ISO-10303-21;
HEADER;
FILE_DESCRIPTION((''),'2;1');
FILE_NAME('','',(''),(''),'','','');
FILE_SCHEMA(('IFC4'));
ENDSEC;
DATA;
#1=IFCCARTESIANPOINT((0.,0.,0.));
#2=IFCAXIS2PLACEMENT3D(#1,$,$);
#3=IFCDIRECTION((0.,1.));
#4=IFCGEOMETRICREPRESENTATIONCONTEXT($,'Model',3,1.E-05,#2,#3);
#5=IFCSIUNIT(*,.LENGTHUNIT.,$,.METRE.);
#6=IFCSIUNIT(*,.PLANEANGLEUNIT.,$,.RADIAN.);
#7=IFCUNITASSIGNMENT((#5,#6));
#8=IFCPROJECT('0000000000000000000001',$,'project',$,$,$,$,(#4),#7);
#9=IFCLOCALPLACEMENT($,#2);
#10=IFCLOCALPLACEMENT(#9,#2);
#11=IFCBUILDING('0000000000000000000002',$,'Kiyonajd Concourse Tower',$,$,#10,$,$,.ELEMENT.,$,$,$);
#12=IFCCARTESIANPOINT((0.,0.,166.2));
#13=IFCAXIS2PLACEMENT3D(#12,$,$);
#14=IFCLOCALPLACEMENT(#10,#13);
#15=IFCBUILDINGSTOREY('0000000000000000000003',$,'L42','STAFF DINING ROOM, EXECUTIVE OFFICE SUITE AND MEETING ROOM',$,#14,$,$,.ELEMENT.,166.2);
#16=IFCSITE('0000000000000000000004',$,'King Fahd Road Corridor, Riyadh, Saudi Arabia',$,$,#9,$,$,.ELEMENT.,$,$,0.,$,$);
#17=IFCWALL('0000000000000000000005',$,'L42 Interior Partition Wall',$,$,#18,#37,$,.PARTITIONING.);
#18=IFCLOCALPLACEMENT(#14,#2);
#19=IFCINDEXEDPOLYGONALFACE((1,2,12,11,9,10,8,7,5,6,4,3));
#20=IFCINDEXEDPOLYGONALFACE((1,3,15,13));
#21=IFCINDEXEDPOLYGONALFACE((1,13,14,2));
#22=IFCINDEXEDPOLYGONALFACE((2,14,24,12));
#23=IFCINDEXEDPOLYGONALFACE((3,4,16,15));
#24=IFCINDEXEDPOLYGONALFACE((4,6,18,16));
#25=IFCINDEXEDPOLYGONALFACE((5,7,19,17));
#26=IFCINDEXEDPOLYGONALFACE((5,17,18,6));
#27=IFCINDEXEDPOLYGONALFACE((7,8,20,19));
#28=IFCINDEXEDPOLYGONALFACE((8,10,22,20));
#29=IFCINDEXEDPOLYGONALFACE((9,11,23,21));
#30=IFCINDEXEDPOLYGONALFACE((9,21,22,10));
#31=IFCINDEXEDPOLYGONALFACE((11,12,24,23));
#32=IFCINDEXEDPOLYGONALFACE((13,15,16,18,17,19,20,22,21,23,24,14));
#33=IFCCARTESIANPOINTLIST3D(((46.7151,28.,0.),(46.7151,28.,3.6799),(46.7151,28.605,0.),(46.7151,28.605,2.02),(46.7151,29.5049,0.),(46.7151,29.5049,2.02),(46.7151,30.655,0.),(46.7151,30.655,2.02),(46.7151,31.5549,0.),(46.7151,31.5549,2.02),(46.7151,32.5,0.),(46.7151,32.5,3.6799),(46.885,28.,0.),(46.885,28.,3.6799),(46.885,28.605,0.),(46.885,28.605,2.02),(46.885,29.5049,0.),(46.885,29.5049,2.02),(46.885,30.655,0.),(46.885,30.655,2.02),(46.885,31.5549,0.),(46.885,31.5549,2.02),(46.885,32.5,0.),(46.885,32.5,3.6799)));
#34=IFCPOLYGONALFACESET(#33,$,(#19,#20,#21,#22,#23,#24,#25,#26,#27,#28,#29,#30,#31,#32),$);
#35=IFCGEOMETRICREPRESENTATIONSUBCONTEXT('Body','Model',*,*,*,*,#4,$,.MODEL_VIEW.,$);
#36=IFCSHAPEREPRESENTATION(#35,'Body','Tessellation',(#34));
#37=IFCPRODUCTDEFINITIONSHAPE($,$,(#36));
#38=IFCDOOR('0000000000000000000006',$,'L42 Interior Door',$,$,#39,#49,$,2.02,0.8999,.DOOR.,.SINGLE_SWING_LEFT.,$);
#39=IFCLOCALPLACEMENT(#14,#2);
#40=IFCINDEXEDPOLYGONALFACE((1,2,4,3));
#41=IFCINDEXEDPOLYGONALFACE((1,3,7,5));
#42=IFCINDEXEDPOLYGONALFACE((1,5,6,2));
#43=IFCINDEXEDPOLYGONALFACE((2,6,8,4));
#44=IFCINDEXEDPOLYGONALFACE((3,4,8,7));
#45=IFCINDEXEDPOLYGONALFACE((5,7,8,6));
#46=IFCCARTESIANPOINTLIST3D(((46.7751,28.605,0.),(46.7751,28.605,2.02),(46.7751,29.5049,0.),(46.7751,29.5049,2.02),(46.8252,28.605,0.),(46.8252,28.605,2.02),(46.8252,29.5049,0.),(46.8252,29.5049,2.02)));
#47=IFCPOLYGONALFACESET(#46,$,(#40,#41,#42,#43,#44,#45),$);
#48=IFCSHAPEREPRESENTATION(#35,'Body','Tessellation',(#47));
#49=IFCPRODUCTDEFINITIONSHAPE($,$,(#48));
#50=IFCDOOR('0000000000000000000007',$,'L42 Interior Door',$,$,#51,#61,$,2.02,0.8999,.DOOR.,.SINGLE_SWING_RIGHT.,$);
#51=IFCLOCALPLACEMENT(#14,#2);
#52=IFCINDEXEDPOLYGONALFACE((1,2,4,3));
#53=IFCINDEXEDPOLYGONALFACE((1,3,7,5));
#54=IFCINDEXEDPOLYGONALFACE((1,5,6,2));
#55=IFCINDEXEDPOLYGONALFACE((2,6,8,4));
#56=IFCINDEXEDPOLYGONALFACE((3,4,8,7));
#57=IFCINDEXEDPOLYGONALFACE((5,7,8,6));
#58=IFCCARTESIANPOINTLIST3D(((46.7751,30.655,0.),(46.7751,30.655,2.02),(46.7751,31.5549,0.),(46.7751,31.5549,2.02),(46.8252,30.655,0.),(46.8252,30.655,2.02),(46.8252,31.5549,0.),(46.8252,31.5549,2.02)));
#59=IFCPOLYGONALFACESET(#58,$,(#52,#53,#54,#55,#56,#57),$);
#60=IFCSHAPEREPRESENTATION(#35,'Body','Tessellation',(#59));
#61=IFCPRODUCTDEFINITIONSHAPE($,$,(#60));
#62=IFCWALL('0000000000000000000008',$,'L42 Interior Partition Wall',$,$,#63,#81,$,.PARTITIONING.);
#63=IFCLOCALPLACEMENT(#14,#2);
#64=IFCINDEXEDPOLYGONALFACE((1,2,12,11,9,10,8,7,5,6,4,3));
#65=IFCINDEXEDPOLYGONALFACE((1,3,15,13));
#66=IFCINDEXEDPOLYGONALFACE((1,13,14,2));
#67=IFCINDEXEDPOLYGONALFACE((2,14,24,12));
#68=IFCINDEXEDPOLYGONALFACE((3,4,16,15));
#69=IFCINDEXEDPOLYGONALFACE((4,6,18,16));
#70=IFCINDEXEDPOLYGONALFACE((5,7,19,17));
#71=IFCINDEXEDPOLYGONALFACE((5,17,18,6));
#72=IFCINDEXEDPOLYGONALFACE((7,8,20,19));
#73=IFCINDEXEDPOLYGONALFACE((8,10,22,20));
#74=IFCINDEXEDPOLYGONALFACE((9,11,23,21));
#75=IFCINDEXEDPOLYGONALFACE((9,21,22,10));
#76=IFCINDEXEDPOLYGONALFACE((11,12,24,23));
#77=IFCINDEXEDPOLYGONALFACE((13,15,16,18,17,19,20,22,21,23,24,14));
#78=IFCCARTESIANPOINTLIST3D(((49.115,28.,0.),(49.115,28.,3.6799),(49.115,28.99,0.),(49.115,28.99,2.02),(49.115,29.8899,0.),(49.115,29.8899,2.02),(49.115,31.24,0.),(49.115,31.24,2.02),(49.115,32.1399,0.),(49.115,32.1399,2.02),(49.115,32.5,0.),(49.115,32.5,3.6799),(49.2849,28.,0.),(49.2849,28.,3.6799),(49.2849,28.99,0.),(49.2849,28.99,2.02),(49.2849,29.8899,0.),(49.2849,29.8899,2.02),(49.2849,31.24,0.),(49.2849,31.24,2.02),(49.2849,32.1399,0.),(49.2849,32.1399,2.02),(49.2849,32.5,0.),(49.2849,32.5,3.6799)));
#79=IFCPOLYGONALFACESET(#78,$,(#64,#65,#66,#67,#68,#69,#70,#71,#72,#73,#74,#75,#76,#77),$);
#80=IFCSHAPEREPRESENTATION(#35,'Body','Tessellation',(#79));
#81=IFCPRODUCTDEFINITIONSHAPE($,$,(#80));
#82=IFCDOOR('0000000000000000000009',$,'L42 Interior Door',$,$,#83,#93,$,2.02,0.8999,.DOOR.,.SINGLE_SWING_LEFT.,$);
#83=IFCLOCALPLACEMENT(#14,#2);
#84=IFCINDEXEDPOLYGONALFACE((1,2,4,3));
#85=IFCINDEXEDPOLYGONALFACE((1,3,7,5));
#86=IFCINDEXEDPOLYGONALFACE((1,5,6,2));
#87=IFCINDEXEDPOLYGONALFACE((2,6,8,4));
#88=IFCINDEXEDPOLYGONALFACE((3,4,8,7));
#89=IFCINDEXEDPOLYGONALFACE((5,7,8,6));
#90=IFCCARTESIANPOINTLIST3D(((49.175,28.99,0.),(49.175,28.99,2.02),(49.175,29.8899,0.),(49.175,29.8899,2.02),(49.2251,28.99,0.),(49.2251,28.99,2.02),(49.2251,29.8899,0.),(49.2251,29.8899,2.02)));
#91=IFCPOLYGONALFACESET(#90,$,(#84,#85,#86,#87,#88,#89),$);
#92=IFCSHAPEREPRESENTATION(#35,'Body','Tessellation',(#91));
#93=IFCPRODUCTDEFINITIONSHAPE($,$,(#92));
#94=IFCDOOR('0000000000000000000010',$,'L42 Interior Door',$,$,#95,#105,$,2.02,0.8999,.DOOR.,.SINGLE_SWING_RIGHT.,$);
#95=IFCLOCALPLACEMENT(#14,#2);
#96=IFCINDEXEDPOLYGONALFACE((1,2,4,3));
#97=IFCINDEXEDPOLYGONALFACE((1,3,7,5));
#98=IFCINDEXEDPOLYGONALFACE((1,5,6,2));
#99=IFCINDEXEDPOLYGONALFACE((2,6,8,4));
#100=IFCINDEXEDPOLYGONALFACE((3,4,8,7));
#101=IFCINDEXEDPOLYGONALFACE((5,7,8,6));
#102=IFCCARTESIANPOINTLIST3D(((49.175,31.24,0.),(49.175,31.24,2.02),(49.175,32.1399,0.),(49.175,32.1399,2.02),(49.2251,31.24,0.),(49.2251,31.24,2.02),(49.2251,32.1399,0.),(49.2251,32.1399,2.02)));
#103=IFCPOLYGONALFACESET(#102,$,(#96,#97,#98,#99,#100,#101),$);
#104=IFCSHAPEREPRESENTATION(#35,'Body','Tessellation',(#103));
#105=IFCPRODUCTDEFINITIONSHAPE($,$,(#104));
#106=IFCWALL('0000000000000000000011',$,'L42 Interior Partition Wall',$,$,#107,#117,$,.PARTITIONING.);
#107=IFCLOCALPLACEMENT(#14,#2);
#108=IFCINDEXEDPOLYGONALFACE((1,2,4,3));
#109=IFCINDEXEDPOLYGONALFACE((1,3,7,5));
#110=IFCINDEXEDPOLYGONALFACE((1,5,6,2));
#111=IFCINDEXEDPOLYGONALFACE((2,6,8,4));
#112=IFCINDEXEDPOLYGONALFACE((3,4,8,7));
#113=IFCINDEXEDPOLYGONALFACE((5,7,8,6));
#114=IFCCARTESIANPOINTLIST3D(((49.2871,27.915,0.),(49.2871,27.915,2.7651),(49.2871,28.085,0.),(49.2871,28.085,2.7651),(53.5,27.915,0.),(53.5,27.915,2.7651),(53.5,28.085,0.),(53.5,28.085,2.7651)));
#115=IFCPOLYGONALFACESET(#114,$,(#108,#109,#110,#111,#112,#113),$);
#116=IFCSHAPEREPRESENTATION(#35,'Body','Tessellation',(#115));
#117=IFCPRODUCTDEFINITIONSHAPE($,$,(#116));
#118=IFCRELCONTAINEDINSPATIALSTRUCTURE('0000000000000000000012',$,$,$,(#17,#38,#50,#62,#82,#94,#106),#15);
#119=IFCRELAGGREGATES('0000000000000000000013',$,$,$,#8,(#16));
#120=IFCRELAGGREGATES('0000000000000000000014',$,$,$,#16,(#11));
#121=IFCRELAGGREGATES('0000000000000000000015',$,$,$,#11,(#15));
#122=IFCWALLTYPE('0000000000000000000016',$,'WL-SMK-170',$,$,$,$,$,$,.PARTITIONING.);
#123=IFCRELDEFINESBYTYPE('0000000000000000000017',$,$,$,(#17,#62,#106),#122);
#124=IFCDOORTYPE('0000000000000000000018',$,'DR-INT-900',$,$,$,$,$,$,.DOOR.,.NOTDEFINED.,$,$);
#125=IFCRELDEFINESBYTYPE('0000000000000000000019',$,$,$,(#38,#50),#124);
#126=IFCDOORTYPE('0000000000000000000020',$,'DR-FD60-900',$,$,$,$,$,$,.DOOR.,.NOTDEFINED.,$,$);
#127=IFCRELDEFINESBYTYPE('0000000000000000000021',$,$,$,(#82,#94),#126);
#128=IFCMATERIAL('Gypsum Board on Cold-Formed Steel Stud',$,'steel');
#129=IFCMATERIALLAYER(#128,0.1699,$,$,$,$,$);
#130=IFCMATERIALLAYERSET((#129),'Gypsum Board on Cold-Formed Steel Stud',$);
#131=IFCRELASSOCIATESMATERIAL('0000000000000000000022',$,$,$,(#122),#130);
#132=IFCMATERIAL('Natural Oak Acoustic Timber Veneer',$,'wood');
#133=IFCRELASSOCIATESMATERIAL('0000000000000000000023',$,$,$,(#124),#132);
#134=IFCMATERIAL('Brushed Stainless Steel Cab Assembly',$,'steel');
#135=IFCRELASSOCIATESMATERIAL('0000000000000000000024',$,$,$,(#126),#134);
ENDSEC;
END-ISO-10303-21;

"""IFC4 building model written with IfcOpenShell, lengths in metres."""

from ifc_helpers import new_model, si_unit, direction, frame, frame_2d, origin, place, context, subcontext, project, spatial, rectangle, extrude, material, layer, layer_set, type_object, element, fill, save


model = new_model("IFC4")

# Units and contexts
model_context = context("Model", 3, precision=1e-05, world=origin(), true_north=direction((0.0, 1.0)))
body_context = subcontext(model_context, "Body", "Model", "MODEL_VIEW")
ifc_project = project(units=[si_unit("LENGTHUNIT", "METRE"), si_unit("PLANEANGLEUNIT", "RADIAN")], contexts=[model_context])

# Site, building, storey
site_placement = place(None, origin())
site = spatial("IfcSite", under=ifc_project, at=site_placement, Name="King Fahd Road Corridor, Riyadh, Saudi Arabia", CompositionType="ELEMENT", RefElevation=0.0)
building_placement = place(site_placement, origin())
building = spatial("IfcBuilding", under=site, at=building_placement, Name="Kiyonajd Concourse Tower", CompositionType="ELEMENT")
storey_placement = place(building_placement, frame((0.0, 0.0, 166.2)))
storey = spatial("IfcBuildingStorey", under=building, at=storey_placement, Name="L42", Description="STAFF DINING ROOM, EXECUTIVE OFFICE SUITE AND MEETING ROOM", CompositionType="ELEMENT", Elevation=166.2)

# Shared definitions
ifc_material_1 = material(Name="Gypsum Board on Cold-Formed Steel Stud", Category="steel")

# Shared definitions
ifc_layer_1 = layer(ifc_material_1, 0.1699)
ifc_layer_set_1 = layer_set([ifc_layer_1], Name="Gypsum Board on Cold-Formed Steel Stud")
wall_type_1 = type_object("IfcWallType", Name="WL-SMK-170", PredefinedType="PARTITIONING", material=ifc_layer_set_1)
ifc_material_2 = material(Name="Natural Oak Acoustic Timber Veneer", Category="wood")
door_type_1 = type_object("IfcDoorType", Name="DR-INT-900", OperationType="NOTDEFINED", PredefinedType="DOOR", material=ifc_material_2)

# Shared definitions
ifc_material_3 = material(Name="Brushed Stainless Steel Cab Assembly", Category="steel")
door_type_2 = type_object("IfcDoorType", Name="DR-FD60-900", OperationType="NOTDEFINED", PredefinedType="DOOR", material=ifc_material_3)

# Walls, openings, doors
wall_1_placement = place(storey_placement, frame((46.8, 28.0, 0.0), z_axis=(0.0, 0.0, 1.0), x_axis=(0.0, 1.0, 0.0)))
wall_1 = element("IfcWall", 1, at=wall_1_placement, inside=storey, type_object=wall_type_1, Name="L42 Interior Partition Wall", PredefinedType="PARTITIONING", context=body_context, shape_type="SweptSolid", body=[
    extrude(rectangle(XDim=4.5, YDim=0.1699, at=frame_2d((2.25, 0.0))), origin(), (0.0, 0.0, 1.0), 3.6799),
])
opening_1_placement = place(wall_1_placement, frame((0.605, 0.0, 0.0)))
opening_1 = element("IfcOpeningElement", 2, at=opening_1_placement, cuts=wall_1, PredefinedType="OPENING", context=body_context, shape_type="SweptSolid", body=[
    extrude(rectangle(XDim=0.8999, YDim=2.02, at=frame_2d((0.45, 1.01))), frame((0.0, 0.095, 0.0), z_axis=(0.0, -1.0, 0.0), x_axis=(1.0, 0.0, 0.0)), (0.0, 0.0, 1.0), 0.1899),
])
opening_2_placement = place(wall_1_placement, frame((2.655, 0.0, 0.0)))
opening_2 = element("IfcOpeningElement", 3, at=opening_2_placement, cuts=wall_1, PredefinedType="OPENING", context=body_context, shape_type="SweptSolid", body=[
    extrude(rectangle(XDim=0.8999, YDim=2.02, at=frame_2d((0.45, 1.01))), frame((0.0, 0.095, 0.0), z_axis=(0.0, -1.0, 0.0), x_axis=(1.0, 0.0, 0.0)), (0.0, 0.0, 1.0), 0.1899),
])
door_1_placement = place(opening_1_placement, origin())
door_1 = element("IfcDoor", 4, at=door_1_placement, inside=storey, type_object=door_type_1, Name="L42 Interior Door", OperationType="SINGLE_SWING_LEFT", OverallHeight=2.02, OverallWidth=0.8999, PredefinedType="DOOR", context=body_context, shape_type="SweptSolid", body=[
    extrude(rectangle(XDim=0.8999, YDim=2.02, at=frame_2d((0.45, 1.01))), frame((0.0, 0.0249, 0.0), z_axis=(0.0, -1.0, 0.0), x_axis=(1.0, 0.0, 0.0)), (0.0, 0.0, 1.0), 0.05),
])
fill(opening_1, door_1)
door_2_placement = place(opening_2_placement, origin())
door_2 = element("IfcDoor", 5, at=door_2_placement, inside=storey, type_object=door_type_1, Name="L42 Interior Door", OperationType="SINGLE_SWING_RIGHT", OverallHeight=2.02, OverallWidth=0.8999, PredefinedType="DOOR", context=body_context, shape_type="SweptSolid", body=[
    extrude(rectangle(XDim=0.8999, YDim=2.02, at=frame_2d((0.45, 1.01))), frame((0.0, 0.0249, 0.0), z_axis=(0.0, -1.0, 0.0), x_axis=(1.0, 0.0, 0.0)), (0.0, 0.0, 1.0), 0.05),
])
fill(opening_2, door_2)
wall_2_placement = place(storey_placement, frame((49.2, 28.0, 0.0), z_axis=(0.0, 0.0, 1.0), x_axis=(0.0, 1.0, 0.0)))
wall_2 = element("IfcWall", 6, at=wall_2_placement, inside=storey, type_object=wall_type_1, Name="L42 Interior Partition Wall", PredefinedType="PARTITIONING", context=body_context, shape_type="SweptSolid", body=[
    extrude(rectangle(XDim=4.5, YDim=0.1699, at=frame_2d((2.25, 0.0))), origin(), (0.0, 0.0, 1.0), 3.6799),
])
opening_3_placement = place(wall_2_placement, frame((0.99, 0.0, 0.0)))
opening_3 = element("IfcOpeningElement", 7, at=opening_3_placement, cuts=wall_2, PredefinedType="OPENING", context=body_context, shape_type="SweptSolid", body=[
    extrude(rectangle(XDim=0.8999, YDim=2.02, at=frame_2d((0.45, 1.01))), frame((0.0, 0.095, 0.0), z_axis=(0.0, -1.0, 0.0), x_axis=(1.0, 0.0, 0.0)), (0.0, 0.0, 1.0), 0.1899),
])
opening_4_placement = place(wall_2_placement, frame((3.24, 0.0, 0.0)))
opening_4 = element("IfcOpeningElement", 8, at=opening_4_placement, cuts=wall_2, PredefinedType="OPENING", context=body_context, shape_type="SweptSolid", body=[
    extrude(rectangle(XDim=0.8999, YDim=2.02, at=frame_2d((0.45, 1.01))), frame((0.0, 0.095, 0.0), z_axis=(0.0, -1.0, 0.0), x_axis=(1.0, 0.0, 0.0)), (0.0, 0.0, 1.0), 0.1899),
])
door_3_placement = place(opening_3_placement, origin())
door_3 = element("IfcDoor", 9, at=door_3_placement, inside=storey, type_object=door_type_2, Name="L42 Interior Door", OperationType="SINGLE_SWING_LEFT", OverallHeight=2.02, OverallWidth=0.8999, PredefinedType="DOOR", context=body_context, shape_type="SweptSolid", body=[
    extrude(rectangle(XDim=0.8999, YDim=2.02, at=frame_2d((0.45, 1.01))), frame((0.0, 0.0249, 0.0), z_axis=(0.0, -1.0, 0.0), x_axis=(1.0, 0.0, 0.0)), (0.0, 0.0, 1.0), 0.05),
])
fill(opening_3, door_3)
door_4_placement = place(opening_4_placement, origin())
door_4 = element("IfcDoor", 10, at=door_4_placement, inside=storey, type_object=door_type_2, Name="L42 Interior Door", OperationType="SINGLE_SWING_RIGHT", OverallHeight=2.02, OverallWidth=0.8999, PredefinedType="DOOR", context=body_context, shape_type="SweptSolid", body=[
    extrude(rectangle(XDim=0.8999, YDim=2.02, at=frame_2d((0.45, 1.01))), frame((0.0, 0.0249, 0.0), z_axis=(0.0, -1.0, 0.0), x_axis=(1.0, 0.0, 0.0)), (0.0, 0.0, 1.0), 0.05),
])
fill(opening_4, door_4)

# Wall
wall_3_placement = place(storey_placement, frame((49.2871, 28.0, 0.0), z_axis=(0.0, 0.0, 1.0), x_axis=(1.0, 0.0, 0.0)))
element("IfcWall", 11, at=wall_3_placement, inside=storey, type_object=wall_type_1, Name="L42 Interior Partition Wall", PredefinedType="PARTITIONING", context=body_context, shape_type="SweptSolid", body=[
    extrude(rectangle(XDim=4.2129, YDim=0.1699, at=frame_2d((2.1064, 0.0))), origin(), (0.0, 0.0, 1.0), 2.7651),
])

save(model, "model.ifc")
